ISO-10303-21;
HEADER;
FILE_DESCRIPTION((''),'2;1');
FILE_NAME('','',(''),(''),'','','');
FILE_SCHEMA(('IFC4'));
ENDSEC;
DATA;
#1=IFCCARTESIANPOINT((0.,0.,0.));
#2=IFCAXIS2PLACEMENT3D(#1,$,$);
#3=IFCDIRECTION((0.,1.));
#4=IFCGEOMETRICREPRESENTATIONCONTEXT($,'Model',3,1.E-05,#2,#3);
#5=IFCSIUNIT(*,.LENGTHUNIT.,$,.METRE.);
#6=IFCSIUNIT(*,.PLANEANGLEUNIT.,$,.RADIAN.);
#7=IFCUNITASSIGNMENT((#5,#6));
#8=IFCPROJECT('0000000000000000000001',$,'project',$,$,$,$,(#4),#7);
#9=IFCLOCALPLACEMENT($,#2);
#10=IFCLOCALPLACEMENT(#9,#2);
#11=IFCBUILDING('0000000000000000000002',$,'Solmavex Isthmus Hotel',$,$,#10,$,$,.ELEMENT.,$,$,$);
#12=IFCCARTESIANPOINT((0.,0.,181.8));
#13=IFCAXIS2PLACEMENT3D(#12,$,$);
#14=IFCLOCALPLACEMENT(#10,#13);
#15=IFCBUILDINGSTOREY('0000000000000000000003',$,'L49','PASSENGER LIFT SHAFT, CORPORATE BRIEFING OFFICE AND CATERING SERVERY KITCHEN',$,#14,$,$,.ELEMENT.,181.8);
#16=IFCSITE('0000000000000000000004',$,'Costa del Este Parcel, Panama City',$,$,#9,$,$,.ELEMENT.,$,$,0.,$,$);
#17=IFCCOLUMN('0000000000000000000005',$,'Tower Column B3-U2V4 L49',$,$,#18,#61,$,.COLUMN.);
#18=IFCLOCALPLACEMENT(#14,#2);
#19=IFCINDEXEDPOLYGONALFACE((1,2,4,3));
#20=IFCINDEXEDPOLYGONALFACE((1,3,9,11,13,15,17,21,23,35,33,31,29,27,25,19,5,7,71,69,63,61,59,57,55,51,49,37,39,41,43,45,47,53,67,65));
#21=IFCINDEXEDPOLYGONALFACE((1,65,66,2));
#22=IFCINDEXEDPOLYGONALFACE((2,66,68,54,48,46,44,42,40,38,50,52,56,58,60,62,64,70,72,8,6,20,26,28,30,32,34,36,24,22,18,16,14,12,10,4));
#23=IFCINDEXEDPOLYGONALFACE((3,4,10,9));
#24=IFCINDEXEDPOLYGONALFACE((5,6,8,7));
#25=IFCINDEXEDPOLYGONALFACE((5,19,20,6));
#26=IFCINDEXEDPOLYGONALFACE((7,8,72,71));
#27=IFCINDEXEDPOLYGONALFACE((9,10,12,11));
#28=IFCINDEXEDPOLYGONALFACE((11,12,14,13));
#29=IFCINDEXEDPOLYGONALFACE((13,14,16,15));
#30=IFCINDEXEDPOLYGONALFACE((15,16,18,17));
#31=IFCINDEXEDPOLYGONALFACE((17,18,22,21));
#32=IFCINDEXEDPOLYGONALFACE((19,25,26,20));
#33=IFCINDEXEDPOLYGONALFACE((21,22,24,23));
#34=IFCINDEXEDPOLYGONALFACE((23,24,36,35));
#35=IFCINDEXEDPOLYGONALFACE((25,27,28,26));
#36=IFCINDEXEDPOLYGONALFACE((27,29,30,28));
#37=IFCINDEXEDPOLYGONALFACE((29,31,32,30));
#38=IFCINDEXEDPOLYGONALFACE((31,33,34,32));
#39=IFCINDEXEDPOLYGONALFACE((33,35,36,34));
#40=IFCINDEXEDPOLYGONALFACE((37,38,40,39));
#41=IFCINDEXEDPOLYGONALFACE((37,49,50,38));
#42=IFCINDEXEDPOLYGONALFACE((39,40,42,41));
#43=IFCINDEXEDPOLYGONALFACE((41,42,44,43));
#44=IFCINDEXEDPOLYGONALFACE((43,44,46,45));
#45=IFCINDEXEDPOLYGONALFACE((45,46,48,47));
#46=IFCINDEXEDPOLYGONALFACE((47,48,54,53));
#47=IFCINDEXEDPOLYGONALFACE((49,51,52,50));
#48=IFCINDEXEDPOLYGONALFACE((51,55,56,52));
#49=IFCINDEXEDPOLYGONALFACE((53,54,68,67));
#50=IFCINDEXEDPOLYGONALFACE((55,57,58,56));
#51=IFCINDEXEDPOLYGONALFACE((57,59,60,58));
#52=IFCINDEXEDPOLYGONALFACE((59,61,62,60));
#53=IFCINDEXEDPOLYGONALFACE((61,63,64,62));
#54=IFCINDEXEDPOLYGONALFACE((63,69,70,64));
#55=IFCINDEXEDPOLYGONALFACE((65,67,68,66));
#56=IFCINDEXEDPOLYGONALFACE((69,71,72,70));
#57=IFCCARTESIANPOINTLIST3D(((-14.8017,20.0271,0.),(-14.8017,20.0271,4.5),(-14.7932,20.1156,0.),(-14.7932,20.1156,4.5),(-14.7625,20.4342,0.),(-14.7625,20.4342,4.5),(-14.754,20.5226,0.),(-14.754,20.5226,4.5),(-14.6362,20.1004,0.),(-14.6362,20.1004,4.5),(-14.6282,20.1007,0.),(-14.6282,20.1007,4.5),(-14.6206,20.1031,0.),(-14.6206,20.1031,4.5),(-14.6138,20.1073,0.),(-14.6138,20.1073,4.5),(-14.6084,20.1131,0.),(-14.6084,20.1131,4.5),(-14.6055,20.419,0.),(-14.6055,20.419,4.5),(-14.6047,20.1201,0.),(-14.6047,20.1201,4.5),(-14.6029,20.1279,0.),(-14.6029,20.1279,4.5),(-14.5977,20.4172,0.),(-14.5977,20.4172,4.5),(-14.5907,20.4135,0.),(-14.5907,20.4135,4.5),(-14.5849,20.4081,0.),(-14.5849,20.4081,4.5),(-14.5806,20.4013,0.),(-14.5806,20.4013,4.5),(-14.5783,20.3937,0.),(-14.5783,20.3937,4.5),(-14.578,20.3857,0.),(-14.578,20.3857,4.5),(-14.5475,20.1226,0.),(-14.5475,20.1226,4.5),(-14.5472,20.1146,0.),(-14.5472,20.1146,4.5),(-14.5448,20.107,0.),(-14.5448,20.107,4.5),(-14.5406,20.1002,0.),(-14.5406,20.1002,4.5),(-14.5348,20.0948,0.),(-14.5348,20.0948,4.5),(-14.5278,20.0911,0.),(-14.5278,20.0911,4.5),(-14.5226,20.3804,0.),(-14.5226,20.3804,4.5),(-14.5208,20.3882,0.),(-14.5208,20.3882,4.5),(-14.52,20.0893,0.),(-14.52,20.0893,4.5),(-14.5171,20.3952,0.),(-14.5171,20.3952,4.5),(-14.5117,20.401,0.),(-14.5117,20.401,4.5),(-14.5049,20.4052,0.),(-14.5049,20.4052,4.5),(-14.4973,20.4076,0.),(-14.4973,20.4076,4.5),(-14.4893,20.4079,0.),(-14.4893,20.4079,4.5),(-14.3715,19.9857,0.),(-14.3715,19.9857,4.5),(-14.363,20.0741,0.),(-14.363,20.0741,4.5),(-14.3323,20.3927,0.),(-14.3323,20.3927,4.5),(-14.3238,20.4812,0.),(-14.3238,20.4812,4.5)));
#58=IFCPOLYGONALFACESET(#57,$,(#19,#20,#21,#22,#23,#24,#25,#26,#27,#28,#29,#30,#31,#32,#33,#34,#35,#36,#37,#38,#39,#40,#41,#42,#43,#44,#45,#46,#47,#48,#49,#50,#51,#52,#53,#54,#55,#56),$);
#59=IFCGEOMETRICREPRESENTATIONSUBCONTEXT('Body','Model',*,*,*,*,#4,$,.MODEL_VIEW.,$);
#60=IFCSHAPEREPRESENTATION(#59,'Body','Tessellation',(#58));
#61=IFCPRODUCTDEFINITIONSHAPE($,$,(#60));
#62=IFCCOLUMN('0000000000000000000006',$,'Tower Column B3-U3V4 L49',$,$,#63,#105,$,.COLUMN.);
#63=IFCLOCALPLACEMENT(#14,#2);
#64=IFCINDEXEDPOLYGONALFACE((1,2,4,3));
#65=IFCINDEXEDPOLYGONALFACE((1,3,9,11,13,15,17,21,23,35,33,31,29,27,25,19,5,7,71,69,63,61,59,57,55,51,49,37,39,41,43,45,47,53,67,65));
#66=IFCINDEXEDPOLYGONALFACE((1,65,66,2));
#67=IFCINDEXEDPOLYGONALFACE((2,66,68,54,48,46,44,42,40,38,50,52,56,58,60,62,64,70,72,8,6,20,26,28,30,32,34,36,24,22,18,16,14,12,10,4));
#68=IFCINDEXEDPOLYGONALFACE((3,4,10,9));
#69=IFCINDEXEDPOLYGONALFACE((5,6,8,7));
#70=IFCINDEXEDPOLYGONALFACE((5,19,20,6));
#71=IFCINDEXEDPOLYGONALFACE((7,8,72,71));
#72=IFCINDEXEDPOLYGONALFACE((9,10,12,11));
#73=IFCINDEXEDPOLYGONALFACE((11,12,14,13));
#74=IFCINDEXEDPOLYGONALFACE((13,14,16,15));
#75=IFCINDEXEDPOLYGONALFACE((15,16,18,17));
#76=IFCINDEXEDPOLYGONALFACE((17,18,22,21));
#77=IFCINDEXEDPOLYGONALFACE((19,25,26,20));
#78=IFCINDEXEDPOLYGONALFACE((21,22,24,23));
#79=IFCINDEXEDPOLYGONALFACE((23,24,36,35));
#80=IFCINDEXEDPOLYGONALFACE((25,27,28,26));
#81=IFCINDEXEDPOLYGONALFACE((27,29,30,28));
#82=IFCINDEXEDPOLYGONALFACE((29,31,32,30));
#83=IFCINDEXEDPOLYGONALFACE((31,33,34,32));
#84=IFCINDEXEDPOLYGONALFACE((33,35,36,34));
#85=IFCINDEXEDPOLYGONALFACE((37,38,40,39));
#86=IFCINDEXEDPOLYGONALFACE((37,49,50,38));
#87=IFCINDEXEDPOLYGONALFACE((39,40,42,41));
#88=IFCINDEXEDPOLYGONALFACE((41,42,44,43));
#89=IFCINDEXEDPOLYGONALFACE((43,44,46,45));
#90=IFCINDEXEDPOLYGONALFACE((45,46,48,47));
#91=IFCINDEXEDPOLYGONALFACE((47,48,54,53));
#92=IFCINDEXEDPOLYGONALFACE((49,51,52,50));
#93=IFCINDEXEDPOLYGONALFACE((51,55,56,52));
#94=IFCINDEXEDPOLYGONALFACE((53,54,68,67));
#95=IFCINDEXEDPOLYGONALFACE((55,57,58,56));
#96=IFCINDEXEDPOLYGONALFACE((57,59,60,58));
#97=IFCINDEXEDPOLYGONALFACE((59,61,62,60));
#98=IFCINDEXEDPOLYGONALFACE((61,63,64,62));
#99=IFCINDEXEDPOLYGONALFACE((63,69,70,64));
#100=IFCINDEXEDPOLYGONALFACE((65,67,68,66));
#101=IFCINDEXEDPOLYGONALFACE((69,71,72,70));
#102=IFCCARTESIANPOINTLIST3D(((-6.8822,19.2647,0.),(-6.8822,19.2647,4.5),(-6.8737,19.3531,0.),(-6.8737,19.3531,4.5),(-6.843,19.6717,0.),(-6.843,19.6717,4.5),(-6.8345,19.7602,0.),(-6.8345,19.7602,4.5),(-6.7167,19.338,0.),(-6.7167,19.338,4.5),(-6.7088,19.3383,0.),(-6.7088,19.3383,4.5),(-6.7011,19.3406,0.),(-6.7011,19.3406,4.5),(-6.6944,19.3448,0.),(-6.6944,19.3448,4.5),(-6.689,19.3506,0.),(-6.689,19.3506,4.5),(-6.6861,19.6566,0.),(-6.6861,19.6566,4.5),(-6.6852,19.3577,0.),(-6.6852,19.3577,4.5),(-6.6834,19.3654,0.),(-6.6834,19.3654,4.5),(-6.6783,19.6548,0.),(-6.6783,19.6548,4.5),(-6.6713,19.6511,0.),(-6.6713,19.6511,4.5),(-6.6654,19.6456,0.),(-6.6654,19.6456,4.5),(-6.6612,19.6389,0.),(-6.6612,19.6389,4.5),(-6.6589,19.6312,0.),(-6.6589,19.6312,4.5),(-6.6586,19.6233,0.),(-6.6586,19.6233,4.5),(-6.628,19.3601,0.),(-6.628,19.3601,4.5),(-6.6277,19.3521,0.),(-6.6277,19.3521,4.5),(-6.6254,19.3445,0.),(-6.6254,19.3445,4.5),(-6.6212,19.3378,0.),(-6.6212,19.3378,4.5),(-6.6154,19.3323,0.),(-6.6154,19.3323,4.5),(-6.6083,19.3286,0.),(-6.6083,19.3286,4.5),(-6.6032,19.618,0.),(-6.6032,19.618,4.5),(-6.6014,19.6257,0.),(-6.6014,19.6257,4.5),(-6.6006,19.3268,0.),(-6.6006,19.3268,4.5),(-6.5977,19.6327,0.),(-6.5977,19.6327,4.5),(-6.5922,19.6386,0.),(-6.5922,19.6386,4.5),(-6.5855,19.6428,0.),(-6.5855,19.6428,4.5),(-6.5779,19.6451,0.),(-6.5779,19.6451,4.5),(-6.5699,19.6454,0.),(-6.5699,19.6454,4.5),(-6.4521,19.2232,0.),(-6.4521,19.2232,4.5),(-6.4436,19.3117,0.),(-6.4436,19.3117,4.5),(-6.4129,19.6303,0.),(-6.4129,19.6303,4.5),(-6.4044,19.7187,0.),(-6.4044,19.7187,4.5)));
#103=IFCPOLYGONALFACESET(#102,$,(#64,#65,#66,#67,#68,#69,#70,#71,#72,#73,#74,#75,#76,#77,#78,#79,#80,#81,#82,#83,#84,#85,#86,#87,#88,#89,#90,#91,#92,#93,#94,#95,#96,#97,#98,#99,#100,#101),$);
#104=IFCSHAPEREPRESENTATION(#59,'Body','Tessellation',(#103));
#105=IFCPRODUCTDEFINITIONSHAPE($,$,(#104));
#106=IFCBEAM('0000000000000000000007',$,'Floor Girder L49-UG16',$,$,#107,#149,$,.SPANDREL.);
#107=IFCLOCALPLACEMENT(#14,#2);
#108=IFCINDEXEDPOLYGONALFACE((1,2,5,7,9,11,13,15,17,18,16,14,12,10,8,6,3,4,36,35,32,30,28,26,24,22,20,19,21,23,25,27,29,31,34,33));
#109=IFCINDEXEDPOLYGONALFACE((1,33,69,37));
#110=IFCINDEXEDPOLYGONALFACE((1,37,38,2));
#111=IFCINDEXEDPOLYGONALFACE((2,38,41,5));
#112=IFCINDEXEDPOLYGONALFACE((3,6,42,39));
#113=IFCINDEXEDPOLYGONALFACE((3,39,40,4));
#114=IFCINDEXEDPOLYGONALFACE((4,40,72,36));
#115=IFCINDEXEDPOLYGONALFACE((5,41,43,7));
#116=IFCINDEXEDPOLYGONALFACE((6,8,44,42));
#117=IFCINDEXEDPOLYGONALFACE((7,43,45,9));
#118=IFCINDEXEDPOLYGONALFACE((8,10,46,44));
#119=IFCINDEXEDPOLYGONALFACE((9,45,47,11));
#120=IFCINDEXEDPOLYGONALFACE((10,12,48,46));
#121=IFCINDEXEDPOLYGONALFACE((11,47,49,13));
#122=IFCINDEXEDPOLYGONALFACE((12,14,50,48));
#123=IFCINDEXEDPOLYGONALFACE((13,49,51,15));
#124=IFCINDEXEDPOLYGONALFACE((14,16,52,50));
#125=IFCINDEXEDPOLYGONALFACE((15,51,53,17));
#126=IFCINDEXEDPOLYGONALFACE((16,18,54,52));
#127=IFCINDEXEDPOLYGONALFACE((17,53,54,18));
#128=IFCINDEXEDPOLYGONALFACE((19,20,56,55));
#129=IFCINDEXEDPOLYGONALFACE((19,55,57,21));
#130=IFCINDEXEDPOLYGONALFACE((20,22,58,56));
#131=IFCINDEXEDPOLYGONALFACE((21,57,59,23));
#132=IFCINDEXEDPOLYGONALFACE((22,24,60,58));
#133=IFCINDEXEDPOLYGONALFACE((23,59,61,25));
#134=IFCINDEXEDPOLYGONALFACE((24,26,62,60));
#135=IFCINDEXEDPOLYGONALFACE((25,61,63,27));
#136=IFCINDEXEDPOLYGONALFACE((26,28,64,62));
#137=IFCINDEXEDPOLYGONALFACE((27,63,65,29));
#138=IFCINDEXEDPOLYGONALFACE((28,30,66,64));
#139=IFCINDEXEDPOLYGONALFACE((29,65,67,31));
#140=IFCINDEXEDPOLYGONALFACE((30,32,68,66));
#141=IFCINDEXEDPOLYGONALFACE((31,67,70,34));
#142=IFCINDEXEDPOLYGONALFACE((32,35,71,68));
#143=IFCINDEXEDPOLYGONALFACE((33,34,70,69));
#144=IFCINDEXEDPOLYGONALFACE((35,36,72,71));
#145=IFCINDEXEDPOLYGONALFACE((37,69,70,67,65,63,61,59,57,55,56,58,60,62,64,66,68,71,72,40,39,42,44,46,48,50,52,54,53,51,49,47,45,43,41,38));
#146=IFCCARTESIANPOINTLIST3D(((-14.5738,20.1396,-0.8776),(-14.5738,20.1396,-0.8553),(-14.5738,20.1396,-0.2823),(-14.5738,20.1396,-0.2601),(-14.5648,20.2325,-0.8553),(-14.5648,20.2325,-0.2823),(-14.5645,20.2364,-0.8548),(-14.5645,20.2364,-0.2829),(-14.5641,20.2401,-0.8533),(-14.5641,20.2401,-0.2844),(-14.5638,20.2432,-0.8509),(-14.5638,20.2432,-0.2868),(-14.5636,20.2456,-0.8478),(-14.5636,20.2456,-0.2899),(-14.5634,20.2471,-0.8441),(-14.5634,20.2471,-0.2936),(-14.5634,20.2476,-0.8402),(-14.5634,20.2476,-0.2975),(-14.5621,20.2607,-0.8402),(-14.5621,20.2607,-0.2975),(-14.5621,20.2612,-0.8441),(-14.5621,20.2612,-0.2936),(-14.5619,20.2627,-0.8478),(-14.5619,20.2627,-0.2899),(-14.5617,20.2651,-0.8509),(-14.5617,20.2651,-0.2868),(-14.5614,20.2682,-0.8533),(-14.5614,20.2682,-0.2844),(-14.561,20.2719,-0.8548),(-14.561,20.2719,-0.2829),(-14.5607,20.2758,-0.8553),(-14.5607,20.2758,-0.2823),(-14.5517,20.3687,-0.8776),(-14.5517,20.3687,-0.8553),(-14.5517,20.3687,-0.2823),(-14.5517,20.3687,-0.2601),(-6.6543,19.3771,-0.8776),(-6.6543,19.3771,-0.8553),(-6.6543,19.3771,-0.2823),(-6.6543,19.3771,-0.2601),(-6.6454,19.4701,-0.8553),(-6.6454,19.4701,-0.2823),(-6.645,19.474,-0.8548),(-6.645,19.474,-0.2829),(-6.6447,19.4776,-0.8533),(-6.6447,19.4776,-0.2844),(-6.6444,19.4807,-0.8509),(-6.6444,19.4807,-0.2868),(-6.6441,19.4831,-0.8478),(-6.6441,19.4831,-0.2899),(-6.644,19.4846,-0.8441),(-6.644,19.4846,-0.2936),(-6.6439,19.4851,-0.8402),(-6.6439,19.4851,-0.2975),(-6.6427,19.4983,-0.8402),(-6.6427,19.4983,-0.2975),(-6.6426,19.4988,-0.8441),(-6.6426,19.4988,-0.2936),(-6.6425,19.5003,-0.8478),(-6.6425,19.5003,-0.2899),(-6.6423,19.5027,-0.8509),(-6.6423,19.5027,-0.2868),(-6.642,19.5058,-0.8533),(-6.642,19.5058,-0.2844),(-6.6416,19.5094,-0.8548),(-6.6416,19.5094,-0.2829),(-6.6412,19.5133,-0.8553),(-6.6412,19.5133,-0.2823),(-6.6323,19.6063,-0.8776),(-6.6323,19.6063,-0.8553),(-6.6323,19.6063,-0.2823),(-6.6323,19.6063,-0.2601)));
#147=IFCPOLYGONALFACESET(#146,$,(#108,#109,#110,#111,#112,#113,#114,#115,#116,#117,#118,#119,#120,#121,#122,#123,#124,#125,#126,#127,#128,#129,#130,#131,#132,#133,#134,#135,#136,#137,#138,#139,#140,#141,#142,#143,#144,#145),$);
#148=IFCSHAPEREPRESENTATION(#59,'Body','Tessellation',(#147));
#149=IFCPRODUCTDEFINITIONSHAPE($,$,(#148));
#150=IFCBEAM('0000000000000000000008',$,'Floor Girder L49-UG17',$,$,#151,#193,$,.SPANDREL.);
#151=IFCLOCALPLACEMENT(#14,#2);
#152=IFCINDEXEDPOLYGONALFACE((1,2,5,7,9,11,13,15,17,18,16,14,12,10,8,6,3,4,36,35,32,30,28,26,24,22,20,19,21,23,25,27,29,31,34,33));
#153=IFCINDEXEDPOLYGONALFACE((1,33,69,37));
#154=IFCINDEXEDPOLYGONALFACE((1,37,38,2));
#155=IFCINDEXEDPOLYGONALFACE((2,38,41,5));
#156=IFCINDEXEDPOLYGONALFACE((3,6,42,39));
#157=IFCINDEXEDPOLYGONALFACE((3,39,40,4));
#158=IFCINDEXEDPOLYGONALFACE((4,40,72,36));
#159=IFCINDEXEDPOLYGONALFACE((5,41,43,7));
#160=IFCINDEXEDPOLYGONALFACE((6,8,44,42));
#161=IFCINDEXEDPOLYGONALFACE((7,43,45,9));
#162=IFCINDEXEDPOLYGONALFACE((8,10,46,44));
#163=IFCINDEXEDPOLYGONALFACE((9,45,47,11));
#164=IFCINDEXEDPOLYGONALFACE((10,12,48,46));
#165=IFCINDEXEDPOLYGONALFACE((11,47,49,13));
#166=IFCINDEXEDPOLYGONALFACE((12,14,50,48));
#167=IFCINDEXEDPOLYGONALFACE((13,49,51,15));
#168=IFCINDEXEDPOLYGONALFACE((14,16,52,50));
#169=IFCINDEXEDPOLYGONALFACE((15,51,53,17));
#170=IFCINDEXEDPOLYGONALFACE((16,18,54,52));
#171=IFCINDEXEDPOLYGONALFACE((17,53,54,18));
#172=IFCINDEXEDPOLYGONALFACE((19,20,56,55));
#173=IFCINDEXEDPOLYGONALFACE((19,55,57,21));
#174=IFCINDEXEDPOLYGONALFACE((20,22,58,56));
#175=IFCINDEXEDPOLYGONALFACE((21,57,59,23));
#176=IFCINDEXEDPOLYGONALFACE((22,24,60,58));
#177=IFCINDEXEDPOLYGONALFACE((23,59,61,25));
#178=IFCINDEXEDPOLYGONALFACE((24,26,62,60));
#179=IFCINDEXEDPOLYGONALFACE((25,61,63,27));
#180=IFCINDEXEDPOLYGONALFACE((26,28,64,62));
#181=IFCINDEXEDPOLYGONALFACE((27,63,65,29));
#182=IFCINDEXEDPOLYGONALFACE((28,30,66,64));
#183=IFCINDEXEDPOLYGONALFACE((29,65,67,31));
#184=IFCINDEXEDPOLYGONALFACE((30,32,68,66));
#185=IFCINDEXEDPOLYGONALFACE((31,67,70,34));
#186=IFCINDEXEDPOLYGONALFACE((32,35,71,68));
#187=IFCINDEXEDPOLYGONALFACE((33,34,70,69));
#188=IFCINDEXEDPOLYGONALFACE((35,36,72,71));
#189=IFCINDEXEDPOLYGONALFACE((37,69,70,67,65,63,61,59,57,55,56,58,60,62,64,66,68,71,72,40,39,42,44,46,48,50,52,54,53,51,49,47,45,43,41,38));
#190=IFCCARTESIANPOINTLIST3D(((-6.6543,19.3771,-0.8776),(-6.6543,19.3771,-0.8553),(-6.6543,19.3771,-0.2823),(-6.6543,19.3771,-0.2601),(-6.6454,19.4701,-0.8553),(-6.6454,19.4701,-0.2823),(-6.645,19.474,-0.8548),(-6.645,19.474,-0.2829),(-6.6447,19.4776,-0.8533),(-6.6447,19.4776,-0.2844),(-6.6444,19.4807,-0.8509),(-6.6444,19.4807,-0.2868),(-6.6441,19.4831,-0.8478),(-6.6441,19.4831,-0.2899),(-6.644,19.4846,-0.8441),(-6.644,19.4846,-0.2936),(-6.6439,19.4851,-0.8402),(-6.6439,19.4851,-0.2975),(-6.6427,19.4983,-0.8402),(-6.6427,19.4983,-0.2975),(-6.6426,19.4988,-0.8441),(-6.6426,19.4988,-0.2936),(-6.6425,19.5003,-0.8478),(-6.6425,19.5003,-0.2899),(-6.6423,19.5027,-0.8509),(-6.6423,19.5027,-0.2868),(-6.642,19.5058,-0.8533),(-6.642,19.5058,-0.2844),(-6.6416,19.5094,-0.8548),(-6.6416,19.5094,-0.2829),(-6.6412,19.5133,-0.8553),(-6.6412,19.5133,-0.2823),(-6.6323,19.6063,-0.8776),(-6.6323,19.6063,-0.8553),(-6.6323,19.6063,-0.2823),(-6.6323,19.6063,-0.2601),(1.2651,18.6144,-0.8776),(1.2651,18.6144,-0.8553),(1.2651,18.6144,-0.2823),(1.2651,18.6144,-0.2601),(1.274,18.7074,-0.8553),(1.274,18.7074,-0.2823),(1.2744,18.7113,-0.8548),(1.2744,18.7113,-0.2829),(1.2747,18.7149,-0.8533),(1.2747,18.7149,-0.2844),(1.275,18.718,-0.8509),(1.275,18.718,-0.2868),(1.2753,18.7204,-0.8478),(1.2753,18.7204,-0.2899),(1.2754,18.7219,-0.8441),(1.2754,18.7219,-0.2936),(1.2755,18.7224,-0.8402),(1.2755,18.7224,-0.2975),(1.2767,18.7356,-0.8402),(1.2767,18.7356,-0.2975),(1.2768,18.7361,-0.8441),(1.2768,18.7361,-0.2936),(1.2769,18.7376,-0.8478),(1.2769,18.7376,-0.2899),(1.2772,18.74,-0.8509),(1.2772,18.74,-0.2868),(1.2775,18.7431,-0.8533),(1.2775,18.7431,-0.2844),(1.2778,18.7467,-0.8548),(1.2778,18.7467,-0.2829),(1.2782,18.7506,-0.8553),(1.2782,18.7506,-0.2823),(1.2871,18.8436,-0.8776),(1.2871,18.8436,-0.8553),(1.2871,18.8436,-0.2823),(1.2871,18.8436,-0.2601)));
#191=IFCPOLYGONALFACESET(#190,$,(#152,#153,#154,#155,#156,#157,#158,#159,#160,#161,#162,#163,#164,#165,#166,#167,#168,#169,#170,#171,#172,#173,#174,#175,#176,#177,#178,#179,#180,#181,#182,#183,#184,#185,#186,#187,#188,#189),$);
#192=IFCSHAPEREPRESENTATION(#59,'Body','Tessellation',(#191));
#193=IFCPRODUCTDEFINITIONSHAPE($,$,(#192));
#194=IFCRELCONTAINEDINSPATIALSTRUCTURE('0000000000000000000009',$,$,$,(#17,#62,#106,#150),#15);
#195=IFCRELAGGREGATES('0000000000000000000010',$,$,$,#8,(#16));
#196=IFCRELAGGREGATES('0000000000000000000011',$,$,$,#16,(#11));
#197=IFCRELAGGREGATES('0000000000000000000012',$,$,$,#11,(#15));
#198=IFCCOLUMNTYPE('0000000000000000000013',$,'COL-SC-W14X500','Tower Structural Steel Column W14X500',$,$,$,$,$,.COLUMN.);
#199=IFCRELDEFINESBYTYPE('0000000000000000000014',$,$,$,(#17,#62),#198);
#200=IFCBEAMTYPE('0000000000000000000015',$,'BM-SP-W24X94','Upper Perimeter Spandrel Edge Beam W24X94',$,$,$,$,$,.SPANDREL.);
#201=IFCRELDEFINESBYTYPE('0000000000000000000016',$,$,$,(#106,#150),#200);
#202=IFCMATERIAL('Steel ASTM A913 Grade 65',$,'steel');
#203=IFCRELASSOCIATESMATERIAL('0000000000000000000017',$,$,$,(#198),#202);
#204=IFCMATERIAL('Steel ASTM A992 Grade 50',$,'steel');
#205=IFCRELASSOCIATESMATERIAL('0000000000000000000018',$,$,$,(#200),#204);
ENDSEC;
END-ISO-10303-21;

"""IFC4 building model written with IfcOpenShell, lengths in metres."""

from ifc_helpers import new_model, si_unit, direction, frame, origin, origin_2d, place, context, subcontext, project, spatial, i_section, extrude, material, material_profile, profile_set, type_object, element, save


model = new_model("IFC4")

# Units and contexts
model_context = context("Model", 3, precision=1e-05, world=origin(), true_north=direction((0.0, 1.0)))
body_context = subcontext(model_context, "Body", "Model", "MODEL_VIEW")
ifc_project = project(units=[si_unit("LENGTHUNIT", "METRE"), si_unit("PLANEANGLEUNIT", "RADIAN")], contexts=[model_context])

# Site, building, storey
site_placement = place(None, origin())
site = spatial("IfcSite", under=ifc_project, at=site_placement, Name="Costa del Este Parcel, Panama City", CompositionType="ELEMENT", RefElevation=0.0)
building_placement = place(site_placement, origin())
building = spatial("IfcBuilding", under=site, at=building_placement, Name="Solmavex Isthmus Hotel", CompositionType="ELEMENT")
storey_placement = place(building_placement, frame((0.0, 0.0, 181.8)))
storey = spatial("IfcBuildingStorey", under=building, at=storey_placement, Name="L49", Description="PASSENGER LIFT SHAFT, CORPORATE BRIEFING OFFICE AND CATERING SERVERY KITCHEN", CompositionType="ELEMENT", Elevation=181.8)

# Columns
ifc_material_1 = material(Name="Steel ASTM A913 Grade 65", Category="steel")
ifc_material_profile_1 = material_profile(ifc_material_1, i_section(OverallWidth=0.4321, OverallDepth=0.4978, WebThickness=0.0557, FlangeThickness=0.0889, FilletRadius=0.0305, at=origin_2d()), Name="W14X500")
ifc_profile_set_1 = profile_set([ifc_material_profile_1], Name="Steel ASTM A913 Grade 65")
column_type = type_object("IfcColumnType", Name="COL-SC-W14X500", Description="Tower Structural Steel Column W14X500", PredefinedType="COLUMN", material=ifc_profile_set_1)
for number, where, z_axis, x_axis, name in (
    (1, (-14.5627, 20.2542, 0.0), (0.0, 0.0, 1.0), (0.995396, -0.095846, 0.0), "Tower Column B3-U2V4 L49"),
    (2, (-6.6433, 19.4917, 0.0), (0.0, 0.0, 1.0), (0.995396, -0.095846, 0.0), "Tower Column B3-U3V4 L49"),
):
    element("IfcColumn", number, at=place(storey_placement, frame(where, z_axis=z_axis, x_axis=x_axis)), inside=storey, type_object=column_type, Name=name, PredefinedType="COLUMN", context=body_context, shape_type="SweptSolid", body=[
        extrude(i_section(OverallWidth=0.4321, OverallDepth=0.4978, WebThickness=0.0557, FlangeThickness=0.0889, FilletRadius=0.0305, at=origin_2d()), origin(), (0.0, 0.0, 1.0), 4.5),
    ])

# Beams
ifc_material_2 = material(Name="Steel ASTM A992 Grade 50", Category="steel")
ifc_material_profile_2 = material_profile(ifc_material_2, i_section(OverallWidth=0.2302, OverallDepth=0.6174, WebThickness=0.0132, FlangeThickness=0.0222, FilletRadius=0.0151, at=origin_2d()), Name="W24X94")
ifc_profile_set_2 = profile_set([ifc_material_profile_2], Name="Steel ASTM A992 Grade 50")
beam_type = type_object("IfcBeamType", Name="BM-SP-W24X94", Description="Upper Perimeter Spandrel Edge Beam W24X94", PredefinedType="SPANDREL", material=ifc_profile_set_2)
for number, where, z_axis, x_axis, name in (
    (3, (-14.5627, 20.2542, -0.5688), (0.995397, -0.095833, 0.0), (0.095833, 0.995397, 0.0), "Floor Girder L49-UG16"),
    (4, (-6.6433, 19.4917, -0.5688), (0.995395, -0.095863, 0.0), (0.095863, 0.995395, 0.0), "Floor Girder L49-UG17"),
):
    element("IfcBeam", number, at=place(storey_placement, frame(where, z_axis=z_axis, x_axis=x_axis)), inside=storey, type_object=beam_type, Name=name, PredefinedType="SPANDREL", context=body_context, shape_type="SweptSolid", body=[
        extrude(i_section(OverallWidth=0.2302, OverallDepth=0.6174, WebThickness=0.0132, FlangeThickness=0.0222, FilletRadius=0.0151, at=origin_2d()), origin(), (0.0, 0.0, 1.0), 7.9561),
    ])

save(model, "model.ifc")
